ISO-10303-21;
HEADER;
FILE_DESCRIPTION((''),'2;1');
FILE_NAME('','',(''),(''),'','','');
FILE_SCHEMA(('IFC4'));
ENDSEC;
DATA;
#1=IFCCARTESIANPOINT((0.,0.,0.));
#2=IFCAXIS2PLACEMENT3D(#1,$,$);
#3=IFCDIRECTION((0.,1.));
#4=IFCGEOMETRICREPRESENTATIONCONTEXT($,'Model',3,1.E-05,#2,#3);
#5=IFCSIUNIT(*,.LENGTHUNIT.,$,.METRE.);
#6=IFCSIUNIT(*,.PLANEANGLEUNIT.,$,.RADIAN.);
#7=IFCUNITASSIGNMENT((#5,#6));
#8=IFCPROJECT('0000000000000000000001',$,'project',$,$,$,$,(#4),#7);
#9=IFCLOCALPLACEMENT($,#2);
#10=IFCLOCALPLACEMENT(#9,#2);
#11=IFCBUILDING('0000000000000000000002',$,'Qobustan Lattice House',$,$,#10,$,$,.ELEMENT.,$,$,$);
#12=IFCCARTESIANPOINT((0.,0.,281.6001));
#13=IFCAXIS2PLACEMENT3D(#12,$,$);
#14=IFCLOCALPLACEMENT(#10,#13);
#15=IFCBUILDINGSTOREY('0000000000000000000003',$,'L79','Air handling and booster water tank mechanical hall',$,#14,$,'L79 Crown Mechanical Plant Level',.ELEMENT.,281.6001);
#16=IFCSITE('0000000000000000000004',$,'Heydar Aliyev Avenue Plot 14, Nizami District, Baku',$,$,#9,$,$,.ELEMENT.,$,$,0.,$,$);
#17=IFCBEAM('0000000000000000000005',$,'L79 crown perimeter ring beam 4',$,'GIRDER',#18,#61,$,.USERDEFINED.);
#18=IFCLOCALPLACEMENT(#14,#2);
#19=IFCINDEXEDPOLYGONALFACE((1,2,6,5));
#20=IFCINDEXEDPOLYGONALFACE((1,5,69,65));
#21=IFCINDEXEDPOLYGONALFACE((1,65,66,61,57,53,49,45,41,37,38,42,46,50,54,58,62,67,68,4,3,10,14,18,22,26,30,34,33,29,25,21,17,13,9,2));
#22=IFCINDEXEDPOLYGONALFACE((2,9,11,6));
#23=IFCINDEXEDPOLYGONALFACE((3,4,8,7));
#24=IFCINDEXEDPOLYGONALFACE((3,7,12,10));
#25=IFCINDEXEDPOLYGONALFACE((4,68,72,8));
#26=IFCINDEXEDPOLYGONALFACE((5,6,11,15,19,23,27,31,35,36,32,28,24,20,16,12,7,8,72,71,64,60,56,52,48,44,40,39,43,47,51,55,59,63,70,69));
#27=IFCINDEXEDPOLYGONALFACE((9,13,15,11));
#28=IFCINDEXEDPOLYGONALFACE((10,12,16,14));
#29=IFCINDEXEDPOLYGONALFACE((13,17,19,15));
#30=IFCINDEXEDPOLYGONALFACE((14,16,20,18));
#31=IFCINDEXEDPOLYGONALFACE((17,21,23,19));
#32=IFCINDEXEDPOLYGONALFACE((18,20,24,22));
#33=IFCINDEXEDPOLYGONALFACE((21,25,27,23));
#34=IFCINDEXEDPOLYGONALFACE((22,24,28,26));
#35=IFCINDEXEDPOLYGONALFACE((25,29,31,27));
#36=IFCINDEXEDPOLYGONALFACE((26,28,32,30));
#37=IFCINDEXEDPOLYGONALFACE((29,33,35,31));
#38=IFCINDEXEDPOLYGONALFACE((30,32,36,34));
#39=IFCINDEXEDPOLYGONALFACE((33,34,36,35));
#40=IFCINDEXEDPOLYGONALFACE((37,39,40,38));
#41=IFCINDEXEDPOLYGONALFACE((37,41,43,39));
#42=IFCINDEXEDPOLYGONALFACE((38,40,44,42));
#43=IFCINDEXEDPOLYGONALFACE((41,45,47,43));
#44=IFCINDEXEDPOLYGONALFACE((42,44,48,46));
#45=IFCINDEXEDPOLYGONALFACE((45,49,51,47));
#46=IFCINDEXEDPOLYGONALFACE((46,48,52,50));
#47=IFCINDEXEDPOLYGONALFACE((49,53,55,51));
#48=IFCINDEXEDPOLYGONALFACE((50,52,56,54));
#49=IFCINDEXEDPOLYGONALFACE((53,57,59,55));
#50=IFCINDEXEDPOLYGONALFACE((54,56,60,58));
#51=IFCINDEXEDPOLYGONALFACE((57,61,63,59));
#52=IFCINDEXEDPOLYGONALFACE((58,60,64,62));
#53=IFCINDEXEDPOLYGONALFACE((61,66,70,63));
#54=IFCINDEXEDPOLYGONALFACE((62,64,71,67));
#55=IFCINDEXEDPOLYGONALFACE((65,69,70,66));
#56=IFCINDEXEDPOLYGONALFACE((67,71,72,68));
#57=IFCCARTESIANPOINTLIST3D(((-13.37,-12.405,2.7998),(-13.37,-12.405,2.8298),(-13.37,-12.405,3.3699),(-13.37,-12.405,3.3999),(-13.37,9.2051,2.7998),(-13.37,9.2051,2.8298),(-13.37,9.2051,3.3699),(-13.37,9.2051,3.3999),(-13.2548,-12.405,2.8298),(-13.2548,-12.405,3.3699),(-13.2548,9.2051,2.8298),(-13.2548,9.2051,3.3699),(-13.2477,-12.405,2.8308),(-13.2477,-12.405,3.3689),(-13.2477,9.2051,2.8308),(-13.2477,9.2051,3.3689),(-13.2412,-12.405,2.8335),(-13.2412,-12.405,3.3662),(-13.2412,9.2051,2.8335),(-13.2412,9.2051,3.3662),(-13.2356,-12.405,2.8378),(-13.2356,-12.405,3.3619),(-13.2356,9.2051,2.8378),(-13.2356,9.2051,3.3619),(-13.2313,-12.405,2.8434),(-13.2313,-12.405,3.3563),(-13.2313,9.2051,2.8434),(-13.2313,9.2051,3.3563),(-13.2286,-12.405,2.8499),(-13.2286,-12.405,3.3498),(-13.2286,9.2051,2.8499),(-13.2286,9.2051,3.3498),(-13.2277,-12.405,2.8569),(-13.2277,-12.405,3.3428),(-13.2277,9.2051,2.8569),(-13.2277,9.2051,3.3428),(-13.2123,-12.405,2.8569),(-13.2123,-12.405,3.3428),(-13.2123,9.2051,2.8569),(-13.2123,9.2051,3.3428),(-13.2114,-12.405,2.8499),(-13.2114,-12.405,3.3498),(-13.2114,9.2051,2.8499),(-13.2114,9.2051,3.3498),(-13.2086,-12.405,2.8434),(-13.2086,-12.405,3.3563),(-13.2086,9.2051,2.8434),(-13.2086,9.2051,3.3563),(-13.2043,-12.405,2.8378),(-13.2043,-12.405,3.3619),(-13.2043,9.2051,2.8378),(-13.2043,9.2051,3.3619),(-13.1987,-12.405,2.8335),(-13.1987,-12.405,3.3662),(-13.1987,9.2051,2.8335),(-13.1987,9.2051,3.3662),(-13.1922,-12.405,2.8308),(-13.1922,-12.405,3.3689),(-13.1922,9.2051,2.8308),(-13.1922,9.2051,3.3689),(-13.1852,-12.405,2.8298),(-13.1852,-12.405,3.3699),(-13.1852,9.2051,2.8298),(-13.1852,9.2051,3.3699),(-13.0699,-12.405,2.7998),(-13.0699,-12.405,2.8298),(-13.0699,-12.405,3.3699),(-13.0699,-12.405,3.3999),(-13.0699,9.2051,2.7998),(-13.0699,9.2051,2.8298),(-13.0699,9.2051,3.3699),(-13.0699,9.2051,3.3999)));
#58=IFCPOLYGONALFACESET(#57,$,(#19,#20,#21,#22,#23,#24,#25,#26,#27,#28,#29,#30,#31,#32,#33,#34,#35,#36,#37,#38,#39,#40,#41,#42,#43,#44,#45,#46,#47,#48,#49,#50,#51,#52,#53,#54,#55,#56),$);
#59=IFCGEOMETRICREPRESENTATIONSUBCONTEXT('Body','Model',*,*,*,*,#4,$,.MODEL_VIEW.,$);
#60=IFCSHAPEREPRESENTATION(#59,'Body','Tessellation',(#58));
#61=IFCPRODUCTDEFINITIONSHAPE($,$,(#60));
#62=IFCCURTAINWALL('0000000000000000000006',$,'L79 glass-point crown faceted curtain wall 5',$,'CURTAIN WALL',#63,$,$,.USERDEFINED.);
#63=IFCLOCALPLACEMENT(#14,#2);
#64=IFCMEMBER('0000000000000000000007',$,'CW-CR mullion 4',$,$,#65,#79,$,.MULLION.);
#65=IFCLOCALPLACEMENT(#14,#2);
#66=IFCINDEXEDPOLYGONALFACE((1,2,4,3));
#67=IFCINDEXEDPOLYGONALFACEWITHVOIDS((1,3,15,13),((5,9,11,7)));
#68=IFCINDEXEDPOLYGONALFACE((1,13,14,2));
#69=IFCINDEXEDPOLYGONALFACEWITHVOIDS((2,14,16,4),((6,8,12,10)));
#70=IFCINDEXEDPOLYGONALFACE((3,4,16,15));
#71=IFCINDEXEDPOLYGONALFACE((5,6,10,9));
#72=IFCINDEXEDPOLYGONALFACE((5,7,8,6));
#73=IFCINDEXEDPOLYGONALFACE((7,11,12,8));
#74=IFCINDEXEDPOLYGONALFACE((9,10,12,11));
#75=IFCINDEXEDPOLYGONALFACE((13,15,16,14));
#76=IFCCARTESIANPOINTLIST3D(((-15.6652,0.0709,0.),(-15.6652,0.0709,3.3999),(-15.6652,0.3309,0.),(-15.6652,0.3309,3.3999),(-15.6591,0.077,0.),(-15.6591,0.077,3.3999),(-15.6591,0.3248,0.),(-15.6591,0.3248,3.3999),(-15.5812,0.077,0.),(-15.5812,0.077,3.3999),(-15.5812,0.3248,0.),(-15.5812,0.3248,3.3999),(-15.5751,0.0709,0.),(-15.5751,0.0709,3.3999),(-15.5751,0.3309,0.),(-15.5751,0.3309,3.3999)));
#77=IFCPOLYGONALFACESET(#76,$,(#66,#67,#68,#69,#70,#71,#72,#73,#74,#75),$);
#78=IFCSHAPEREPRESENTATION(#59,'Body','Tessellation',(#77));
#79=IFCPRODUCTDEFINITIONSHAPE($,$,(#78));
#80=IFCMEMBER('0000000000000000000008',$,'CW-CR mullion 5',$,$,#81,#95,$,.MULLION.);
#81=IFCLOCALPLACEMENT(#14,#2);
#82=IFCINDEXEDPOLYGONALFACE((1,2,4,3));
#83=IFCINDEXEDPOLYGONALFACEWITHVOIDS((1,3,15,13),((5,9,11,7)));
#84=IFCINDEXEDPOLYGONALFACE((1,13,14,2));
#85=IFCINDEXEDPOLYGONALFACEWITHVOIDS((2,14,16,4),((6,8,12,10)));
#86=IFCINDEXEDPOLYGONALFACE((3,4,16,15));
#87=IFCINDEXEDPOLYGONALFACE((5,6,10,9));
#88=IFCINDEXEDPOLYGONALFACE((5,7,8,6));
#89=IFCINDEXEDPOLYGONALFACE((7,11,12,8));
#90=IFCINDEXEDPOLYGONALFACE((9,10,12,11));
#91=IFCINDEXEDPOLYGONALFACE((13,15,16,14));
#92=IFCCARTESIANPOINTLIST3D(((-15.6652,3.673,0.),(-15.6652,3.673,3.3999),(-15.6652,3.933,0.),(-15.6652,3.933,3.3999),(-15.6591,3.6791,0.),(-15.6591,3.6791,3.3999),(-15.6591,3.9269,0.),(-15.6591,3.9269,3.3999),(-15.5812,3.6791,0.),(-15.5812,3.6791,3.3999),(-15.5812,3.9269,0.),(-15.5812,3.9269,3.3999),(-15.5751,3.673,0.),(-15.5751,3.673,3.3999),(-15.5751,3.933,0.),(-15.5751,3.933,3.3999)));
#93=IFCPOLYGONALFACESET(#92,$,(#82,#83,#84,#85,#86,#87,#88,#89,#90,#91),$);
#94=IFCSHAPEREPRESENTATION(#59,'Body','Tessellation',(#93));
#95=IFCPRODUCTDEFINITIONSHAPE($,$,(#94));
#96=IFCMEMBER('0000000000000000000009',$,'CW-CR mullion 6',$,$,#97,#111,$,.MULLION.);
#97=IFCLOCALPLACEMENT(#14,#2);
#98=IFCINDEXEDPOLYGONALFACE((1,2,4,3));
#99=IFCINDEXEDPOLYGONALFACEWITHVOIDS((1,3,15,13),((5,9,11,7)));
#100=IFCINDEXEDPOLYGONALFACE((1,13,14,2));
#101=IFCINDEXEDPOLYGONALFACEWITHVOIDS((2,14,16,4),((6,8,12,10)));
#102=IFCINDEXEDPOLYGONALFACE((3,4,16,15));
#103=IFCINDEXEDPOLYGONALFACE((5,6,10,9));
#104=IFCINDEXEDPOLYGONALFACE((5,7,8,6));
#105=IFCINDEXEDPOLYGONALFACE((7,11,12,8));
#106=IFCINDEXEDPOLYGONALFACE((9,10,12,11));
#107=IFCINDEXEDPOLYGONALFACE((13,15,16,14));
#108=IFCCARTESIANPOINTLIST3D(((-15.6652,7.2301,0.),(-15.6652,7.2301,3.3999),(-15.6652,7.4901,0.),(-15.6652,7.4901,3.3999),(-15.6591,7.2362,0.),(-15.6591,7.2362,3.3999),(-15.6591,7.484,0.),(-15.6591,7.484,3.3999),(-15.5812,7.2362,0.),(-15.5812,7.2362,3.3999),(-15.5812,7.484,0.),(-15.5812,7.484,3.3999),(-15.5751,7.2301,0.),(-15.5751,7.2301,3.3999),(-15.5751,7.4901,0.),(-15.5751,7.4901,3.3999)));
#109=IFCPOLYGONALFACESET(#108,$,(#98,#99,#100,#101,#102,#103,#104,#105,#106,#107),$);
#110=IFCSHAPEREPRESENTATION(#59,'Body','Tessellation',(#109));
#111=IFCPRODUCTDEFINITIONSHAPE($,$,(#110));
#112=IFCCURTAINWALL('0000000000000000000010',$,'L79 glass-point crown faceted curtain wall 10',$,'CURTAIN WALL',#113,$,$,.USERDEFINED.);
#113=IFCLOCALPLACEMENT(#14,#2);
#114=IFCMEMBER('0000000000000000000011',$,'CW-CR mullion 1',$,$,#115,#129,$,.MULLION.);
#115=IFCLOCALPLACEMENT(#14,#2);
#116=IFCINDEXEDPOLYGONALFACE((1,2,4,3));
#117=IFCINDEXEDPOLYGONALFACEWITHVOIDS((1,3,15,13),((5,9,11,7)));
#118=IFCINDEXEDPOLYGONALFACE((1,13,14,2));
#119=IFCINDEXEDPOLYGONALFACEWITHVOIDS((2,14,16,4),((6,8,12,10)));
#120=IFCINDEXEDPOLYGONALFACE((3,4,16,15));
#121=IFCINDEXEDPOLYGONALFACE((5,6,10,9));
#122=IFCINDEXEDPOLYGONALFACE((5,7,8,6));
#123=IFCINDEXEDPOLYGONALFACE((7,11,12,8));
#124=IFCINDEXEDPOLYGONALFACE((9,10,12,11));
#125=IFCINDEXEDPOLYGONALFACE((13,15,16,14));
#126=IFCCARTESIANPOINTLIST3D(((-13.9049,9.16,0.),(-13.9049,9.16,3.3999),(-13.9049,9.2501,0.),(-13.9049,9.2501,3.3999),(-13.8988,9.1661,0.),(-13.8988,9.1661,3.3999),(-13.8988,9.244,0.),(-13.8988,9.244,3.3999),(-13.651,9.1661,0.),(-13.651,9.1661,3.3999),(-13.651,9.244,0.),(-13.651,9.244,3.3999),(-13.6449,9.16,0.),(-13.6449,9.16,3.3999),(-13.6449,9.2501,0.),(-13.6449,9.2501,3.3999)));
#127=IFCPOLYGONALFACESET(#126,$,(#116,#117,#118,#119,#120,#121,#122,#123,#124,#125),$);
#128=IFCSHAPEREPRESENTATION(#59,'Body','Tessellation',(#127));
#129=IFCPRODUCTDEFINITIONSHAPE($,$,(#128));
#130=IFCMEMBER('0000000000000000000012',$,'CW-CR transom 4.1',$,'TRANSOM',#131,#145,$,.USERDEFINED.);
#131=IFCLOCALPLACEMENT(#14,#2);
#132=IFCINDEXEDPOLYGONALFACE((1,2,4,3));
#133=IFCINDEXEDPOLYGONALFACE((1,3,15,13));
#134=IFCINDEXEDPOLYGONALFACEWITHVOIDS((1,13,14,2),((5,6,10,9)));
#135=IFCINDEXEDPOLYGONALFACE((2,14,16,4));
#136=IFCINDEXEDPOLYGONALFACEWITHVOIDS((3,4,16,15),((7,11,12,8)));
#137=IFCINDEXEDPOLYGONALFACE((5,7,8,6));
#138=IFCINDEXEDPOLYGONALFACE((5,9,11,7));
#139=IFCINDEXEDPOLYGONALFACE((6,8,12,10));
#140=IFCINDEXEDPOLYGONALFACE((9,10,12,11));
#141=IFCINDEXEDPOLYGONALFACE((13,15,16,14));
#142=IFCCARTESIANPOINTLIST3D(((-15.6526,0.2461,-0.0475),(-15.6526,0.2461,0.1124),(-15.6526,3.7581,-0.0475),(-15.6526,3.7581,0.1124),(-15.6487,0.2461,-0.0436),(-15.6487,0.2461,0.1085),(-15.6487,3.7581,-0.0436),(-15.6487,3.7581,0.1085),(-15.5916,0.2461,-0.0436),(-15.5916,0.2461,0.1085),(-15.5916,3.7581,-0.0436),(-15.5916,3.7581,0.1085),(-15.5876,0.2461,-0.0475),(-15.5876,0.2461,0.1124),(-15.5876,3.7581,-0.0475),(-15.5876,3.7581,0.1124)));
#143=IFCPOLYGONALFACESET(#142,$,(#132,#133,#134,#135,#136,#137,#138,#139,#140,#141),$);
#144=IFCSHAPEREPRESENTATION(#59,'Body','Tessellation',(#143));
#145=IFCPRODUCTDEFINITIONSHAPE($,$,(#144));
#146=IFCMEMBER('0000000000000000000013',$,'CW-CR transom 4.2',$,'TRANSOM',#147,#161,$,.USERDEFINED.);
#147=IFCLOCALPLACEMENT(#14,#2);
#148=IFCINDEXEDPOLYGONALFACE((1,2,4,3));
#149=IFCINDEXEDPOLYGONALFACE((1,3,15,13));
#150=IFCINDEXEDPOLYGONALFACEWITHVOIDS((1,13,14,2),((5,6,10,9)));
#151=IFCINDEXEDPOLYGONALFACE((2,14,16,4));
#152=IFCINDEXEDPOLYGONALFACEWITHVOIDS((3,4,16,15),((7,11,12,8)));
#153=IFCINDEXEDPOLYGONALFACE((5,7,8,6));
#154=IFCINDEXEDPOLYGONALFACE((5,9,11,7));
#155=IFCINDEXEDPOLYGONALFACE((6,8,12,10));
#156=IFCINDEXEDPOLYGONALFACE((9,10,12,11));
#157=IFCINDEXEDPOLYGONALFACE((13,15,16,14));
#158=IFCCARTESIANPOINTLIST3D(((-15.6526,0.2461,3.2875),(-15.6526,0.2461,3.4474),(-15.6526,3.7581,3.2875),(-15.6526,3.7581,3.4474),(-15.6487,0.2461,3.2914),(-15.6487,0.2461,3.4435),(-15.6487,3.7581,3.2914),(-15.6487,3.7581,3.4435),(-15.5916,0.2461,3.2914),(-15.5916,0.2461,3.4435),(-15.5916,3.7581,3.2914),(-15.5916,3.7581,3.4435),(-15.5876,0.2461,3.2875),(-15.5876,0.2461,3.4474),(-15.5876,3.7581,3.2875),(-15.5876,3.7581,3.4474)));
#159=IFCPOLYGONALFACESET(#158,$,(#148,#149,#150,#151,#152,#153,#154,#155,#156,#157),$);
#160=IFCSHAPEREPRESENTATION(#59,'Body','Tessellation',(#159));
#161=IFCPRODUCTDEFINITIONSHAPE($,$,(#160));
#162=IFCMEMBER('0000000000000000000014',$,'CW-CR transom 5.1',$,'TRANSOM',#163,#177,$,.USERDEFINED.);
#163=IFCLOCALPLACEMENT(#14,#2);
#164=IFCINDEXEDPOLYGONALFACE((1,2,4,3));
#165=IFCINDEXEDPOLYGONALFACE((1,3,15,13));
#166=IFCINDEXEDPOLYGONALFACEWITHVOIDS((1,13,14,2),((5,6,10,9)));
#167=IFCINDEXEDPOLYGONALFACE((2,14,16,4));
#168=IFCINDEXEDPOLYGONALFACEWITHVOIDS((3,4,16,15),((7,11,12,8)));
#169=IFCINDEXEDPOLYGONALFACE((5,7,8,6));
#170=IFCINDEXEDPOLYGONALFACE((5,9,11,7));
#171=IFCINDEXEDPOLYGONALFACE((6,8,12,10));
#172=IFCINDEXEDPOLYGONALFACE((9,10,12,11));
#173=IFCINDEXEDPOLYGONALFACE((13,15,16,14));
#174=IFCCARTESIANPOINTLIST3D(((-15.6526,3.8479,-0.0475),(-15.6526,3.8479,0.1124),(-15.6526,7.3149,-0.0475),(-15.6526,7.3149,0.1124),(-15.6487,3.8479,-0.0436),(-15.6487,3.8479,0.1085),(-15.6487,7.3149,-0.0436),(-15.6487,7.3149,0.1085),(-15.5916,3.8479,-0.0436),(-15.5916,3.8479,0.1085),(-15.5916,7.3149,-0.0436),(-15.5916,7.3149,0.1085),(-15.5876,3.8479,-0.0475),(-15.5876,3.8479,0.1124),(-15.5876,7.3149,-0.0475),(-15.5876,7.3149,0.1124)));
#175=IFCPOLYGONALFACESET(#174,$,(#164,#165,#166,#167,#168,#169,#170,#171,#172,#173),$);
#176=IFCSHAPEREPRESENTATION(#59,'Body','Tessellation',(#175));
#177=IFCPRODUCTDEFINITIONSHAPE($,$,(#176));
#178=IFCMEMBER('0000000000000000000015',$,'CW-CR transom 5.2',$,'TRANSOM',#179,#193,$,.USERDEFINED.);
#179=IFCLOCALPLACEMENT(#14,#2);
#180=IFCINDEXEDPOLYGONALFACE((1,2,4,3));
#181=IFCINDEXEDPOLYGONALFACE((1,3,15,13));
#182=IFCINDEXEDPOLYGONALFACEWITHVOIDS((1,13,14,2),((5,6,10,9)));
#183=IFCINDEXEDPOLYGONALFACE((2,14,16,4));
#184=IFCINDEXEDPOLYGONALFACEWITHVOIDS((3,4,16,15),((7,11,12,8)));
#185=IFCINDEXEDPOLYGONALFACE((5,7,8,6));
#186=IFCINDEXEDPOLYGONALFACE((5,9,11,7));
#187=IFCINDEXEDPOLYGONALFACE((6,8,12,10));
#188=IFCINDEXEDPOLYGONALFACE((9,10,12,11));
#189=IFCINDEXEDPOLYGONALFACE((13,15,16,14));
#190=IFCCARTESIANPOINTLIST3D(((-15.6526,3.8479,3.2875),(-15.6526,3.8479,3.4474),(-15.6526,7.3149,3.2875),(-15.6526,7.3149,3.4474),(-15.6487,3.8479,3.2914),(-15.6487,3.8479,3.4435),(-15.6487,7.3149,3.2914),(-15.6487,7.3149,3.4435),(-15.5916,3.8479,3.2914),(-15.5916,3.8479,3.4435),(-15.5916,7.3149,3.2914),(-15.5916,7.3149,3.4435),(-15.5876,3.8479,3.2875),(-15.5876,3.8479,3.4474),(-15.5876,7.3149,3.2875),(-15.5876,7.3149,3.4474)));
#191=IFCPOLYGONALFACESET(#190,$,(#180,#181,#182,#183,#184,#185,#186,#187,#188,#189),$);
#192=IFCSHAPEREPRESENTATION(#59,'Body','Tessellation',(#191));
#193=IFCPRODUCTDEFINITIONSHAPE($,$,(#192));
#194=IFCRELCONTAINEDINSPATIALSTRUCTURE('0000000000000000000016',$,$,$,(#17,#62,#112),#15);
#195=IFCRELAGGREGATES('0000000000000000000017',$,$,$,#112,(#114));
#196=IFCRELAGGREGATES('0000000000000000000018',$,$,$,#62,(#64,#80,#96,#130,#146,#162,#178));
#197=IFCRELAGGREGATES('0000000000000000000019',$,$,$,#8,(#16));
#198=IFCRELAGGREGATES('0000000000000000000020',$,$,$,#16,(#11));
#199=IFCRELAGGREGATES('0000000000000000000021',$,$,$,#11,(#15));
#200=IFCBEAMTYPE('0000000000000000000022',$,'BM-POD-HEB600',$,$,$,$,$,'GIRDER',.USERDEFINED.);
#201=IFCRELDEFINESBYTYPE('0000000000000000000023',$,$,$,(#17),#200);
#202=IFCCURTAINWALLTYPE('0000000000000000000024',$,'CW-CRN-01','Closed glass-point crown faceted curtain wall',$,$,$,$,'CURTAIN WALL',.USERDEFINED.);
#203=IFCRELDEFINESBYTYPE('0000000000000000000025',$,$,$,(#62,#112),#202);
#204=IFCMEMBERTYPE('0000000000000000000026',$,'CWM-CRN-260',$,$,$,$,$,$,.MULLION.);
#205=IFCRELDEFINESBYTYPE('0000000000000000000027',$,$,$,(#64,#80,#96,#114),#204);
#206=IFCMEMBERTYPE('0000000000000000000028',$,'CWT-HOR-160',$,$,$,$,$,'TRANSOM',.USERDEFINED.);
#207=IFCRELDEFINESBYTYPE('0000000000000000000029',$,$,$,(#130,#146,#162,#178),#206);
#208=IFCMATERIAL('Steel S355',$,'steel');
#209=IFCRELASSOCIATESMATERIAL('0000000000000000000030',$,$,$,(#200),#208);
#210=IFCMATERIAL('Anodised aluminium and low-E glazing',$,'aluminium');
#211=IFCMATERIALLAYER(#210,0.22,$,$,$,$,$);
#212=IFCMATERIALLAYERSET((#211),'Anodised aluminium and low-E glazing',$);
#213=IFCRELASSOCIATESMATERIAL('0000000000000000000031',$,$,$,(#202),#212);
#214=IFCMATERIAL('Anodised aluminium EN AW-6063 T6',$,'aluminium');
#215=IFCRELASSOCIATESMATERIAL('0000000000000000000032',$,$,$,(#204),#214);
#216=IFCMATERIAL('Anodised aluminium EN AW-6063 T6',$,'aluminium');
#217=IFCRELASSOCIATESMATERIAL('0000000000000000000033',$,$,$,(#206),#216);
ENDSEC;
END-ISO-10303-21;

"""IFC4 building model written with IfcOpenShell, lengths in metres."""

from ifc_helpers import new_model, si_unit, direction, frame, origin, origin_2d, place, context, subcontext, project, spatial, hollow_rectangle, i_section, extrude, material, layer, layer_set, material_profile, profile_set, type_object, element, aggregate, save


model = new_model("IFC4")

# Units and contexts
model_context = context("Model", 3, precision=1e-05, world=origin(), true_north=direction((0.0, 1.0)))
body_context = subcontext(model_context, "Body", "Model", "MODEL_VIEW")
ifc_project = project(units=[si_unit("LENGTHUNIT", "METRE"), si_unit("PLANEANGLEUNIT", "RADIAN")], contexts=[model_context])

# Site, building, storey
site_placement = place(None, origin())
site = spatial("IfcSite", under=ifc_project, at=site_placement, Name="Heydar Aliyev Avenue Plot 14, Nizami District, Baku", CompositionType="ELEMENT", RefElevation=0.0)
building_placement = place(site_placement, origin())
building = spatial("IfcBuilding", under=site, at=building_placement, Name="Qobustan Lattice House", CompositionType="ELEMENT")
storey_placement = place(building_placement, frame((0.0, 0.0, 281.6001)))
storey = spatial("IfcBuildingStorey", under=building, at=storey_placement, Name="L79", Description="Air handling and booster water tank mechanical hall", LongName="L79 Crown Mechanical Plant Level", CompositionType="ELEMENT", Elevation=281.6001)

# Beam
ifc_material_1 = material(Name="Steel S355", Category="steel")
ifc_material_profile_1 = material_profile(ifc_material_1, i_section(OverallWidth=0.3, OverallDepth=0.6001, WebThickness=0.0154, FlangeThickness=0.03, FilletRadius=0.0271, at=origin_2d()), Name="HEB600")
ifc_profile_set_1 = profile_set([ifc_material_profile_1], Name="Steel S355")
beam_type = type_object("IfcBeamType", Name="BM-POD-HEB600", ElementType="GIRDER", PredefinedType="USERDEFINED", material=ifc_profile_set_1)
beam_placement = place(storey_placement, frame((-13.22, 9.2051, 3.0999), z_axis=(0.0, -1.0, 0.0), x_axis=(1.0, 0.0, 0.0)))
element("IfcBeam", 1, at=beam_placement, inside=storey, type_object=beam_type, Name="L79 crown perimeter ring beam 4", ObjectType="GIRDER", PredefinedType="USERDEFINED", context=body_context, shape_type="SweptSolid", body=[
    extrude(i_section(OverallWidth=0.3, OverallDepth=0.6001, WebThickness=0.0154, FlangeThickness=0.03, FilletRadius=0.0271, at=origin_2d()), origin(), (0.0, 0.0, 1.0), 21.6101),
])

# Curtain wall, members
ifc_material_2 = material(Name="Anodised aluminium and low-E glazing", Category="aluminium")
ifc_layer_1 = layer(ifc_material_2, 0.22)
ifc_layer_set_1 = layer_set([ifc_layer_1], Name="Anodised aluminium and low-E glazing")
curtain_wall_type = type_object("IfcCurtainWallType", Name="CW-CRN-01", Description="Closed glass-point crown faceted curtain wall", ElementType="CURTAIN WALL", PredefinedType="USERDEFINED", material=ifc_layer_set_1)
curtain_wall_1_placement = place(storey_placement, origin())
curtain_wall_1 = element("IfcCurtainWall", 2, at=curtain_wall_1_placement, inside=storey, type_object=curtain_wall_type, Name="L79 glass-point crown faceted curtain wall 5", ObjectType="CURTAIN WALL", PredefinedType="USERDEFINED")
ifc_material_3 = material(Name="Anodised aluminium EN AW-6063 T6", Category="aluminium")
ifc_material_profile_2 = material_profile(ifc_material_3, hollow_rectangle(XDim=0.0901, YDim=0.26, WallThickness=0.0061, at=origin_2d()), Name="CWM-CROWN-260x90")
ifc_profile_set_2 = profile_set([ifc_material_profile_2], Name="Anodised aluminium EN AW-6063 T6")
member_type_1 = type_object("IfcMemberType", Name="CWM-CRN-260", PredefinedType="MULLION", material=ifc_profile_set_2)
member_1_placement = place(storey_placement, frame((-15.6201, 0.2009, 0.0), z_axis=(0.0, 0.0, 1.0), x_axis=(-1.0, 0.0, 0.0)))
member_1 = element("IfcMember", 3, at=member_1_placement, type_object=member_type_1, Name="CW-CR mullion 4", PredefinedType="MULLION", context=body_context, shape_type="SweptSolid", body=[
    extrude(hollow_rectangle(XDim=0.0901, YDim=0.26, WallThickness=0.0061, at=origin_2d()), origin(), (0.0, 0.0, 1.0), 3.3999),
])
member_2_placement = place(storey_placement, frame((-15.6201, 3.803, 0.0), z_axis=(0.0, 0.0, 1.0), x_axis=(-1.0, 0.0, 0.0)))
member_2 = element("IfcMember", 4, at=member_2_placement, type_object=member_type_1, Name="CW-CR mullion 5", PredefinedType="MULLION", context=body_context, shape_type="SweptSolid", body=[
    extrude(hollow_rectangle(XDim=0.0901, YDim=0.26, WallThickness=0.0061, at=origin_2d()), origin(), (0.0, 0.0, 1.0), 3.3999),
])
member_3_placement = place(storey_placement, frame((-15.6201, 7.3601, 0.0), z_axis=(0.0, 0.0, 1.0), x_axis=(-1.0, 0.0, 0.0)))
member_3 = element("IfcMember", 5, at=member_3_placement, type_object=member_type_1, Name="CW-CR mullion 6", PredefinedType="MULLION", context=body_context, shape_type="SweptSolid", body=[
    extrude(hollow_rectangle(XDim=0.0901, YDim=0.26, WallThickness=0.0061, at=origin_2d()), origin(), (0.0, 0.0, 1.0), 3.3999),
])

# Curtain wall, member
curtain_wall_2_placement = place(storey_placement, origin())
curtain_wall_2 = element("IfcCurtainWall", 6, at=curtain_wall_2_placement, inside=storey, type_object=curtain_wall_type, Name="L79 glass-point crown faceted curtain wall 10", ObjectType="CURTAIN WALL", PredefinedType="USERDEFINED")
member_4_placement = place(storey_placement, frame((-13.7749, 9.2051, 0.0), z_axis=(0.0, 0.0, 1.0), x_axis=(0.0, 1.0, 0.0)))
member_4 = element("IfcMember", 7, at=member_4_placement, type_object=member_type_1, Name="CW-CR mullion 1", PredefinedType="MULLION", context=body_context, shape_type="SweptSolid", body=[
    extrude(hollow_rectangle(XDim=0.0901, YDim=0.26, WallThickness=0.0061, at=origin_2d()), origin(), (0.0, 0.0, 1.0), 3.3999),
])

# Members
ifc_material_4 = material(Name="Anodised aluminium EN AW-6063 T6", Category="aluminium")
ifc_material_profile_3 = material_profile(ifc_material_4, hollow_rectangle(XDim=0.0649, YDim=0.1599, WallThickness=0.0039, at=origin_2d()), Name="CWT-160x65")
ifc_profile_set_3 = profile_set([ifc_material_profile_3], Name="Anodised aluminium EN AW-6063 T6")
member_type_2 = type_object("IfcMemberType", Name="CWT-HOR-160", ElementType="TRANSOM", PredefinedType="USERDEFINED", material=ifc_profile_set_3)
member_5_placement = place(storey_placement, frame((-15.6201, 0.2461, 0.0325), z_axis=(0.0, 1.0, 0.0), x_axis=(-1.0, 0.0, 0.0)))
member_5 = element("IfcMember", 8, at=member_5_placement, type_object=member_type_2, Name="CW-CR transom 4.1", ObjectType="TRANSOM", PredefinedType="USERDEFINED", context=body_context, shape_type="SweptSolid", body=[
    extrude(hollow_rectangle(XDim=0.0649, YDim=0.1599, WallThickness=0.0039, at=origin_2d()), origin(), (0.0, 0.0, 1.0), 3.512),
])
member_6_placement = place(storey_placement, frame((-15.6201, 0.2461, 3.3674), z_axis=(0.0, 1.0, 0.0), x_axis=(-1.0, 0.0, 0.0)))
member_6 = element("IfcMember", 9, at=member_6_placement, type_object=member_type_2, Name="CW-CR transom 4.2", ObjectType="TRANSOM", PredefinedType="USERDEFINED", context=body_context, shape_type="SweptSolid", body=[
    extrude(hollow_rectangle(XDim=0.0649, YDim=0.1599, WallThickness=0.0039, at=origin_2d()), origin(), (0.0, 0.0, 1.0), 3.512),
])
member_7_placement = place(storey_placement, frame((-15.6201, 3.8479, 0.0325), z_axis=(0.0, 1.0, 0.0), x_axis=(-1.0, 0.0, 0.0)))
member_7 = element("IfcMember", 10, at=member_7_placement, type_object=member_type_2, Name="CW-CR transom 5.1", ObjectType="TRANSOM", PredefinedType="USERDEFINED", context=body_context, shape_type="SweptSolid", body=[
    extrude(hollow_rectangle(XDim=0.0649, YDim=0.1599, WallThickness=0.0039, at=origin_2d()), origin(), (0.0, 0.0, 1.0), 3.467),
])
member_8_placement = place(storey_placement, frame((-15.6201, 3.8479, 3.3674), z_axis=(0.0, 1.0, 0.0), x_axis=(-1.0, 0.0, 0.0)))
member_8 = element("IfcMember", 11, at=member_8_placement, type_object=member_type_2, Name="CW-CR transom 5.2", ObjectType="TRANSOM", PredefinedType="USERDEFINED", context=body_context, shape_type="SweptSolid", body=[
    extrude(hollow_rectangle(XDim=0.0649, YDim=0.1599, WallThickness=0.0039, at=origin_2d()), origin(), (0.0, 0.0, 1.0), 3.467),
])
aggregate(curtain_wall_2, [member_4])

aggregate(curtain_wall_1, [member_1, member_2, member_3, member_5, member_6, member_7, member_8])

save(model, "model.ifc")
